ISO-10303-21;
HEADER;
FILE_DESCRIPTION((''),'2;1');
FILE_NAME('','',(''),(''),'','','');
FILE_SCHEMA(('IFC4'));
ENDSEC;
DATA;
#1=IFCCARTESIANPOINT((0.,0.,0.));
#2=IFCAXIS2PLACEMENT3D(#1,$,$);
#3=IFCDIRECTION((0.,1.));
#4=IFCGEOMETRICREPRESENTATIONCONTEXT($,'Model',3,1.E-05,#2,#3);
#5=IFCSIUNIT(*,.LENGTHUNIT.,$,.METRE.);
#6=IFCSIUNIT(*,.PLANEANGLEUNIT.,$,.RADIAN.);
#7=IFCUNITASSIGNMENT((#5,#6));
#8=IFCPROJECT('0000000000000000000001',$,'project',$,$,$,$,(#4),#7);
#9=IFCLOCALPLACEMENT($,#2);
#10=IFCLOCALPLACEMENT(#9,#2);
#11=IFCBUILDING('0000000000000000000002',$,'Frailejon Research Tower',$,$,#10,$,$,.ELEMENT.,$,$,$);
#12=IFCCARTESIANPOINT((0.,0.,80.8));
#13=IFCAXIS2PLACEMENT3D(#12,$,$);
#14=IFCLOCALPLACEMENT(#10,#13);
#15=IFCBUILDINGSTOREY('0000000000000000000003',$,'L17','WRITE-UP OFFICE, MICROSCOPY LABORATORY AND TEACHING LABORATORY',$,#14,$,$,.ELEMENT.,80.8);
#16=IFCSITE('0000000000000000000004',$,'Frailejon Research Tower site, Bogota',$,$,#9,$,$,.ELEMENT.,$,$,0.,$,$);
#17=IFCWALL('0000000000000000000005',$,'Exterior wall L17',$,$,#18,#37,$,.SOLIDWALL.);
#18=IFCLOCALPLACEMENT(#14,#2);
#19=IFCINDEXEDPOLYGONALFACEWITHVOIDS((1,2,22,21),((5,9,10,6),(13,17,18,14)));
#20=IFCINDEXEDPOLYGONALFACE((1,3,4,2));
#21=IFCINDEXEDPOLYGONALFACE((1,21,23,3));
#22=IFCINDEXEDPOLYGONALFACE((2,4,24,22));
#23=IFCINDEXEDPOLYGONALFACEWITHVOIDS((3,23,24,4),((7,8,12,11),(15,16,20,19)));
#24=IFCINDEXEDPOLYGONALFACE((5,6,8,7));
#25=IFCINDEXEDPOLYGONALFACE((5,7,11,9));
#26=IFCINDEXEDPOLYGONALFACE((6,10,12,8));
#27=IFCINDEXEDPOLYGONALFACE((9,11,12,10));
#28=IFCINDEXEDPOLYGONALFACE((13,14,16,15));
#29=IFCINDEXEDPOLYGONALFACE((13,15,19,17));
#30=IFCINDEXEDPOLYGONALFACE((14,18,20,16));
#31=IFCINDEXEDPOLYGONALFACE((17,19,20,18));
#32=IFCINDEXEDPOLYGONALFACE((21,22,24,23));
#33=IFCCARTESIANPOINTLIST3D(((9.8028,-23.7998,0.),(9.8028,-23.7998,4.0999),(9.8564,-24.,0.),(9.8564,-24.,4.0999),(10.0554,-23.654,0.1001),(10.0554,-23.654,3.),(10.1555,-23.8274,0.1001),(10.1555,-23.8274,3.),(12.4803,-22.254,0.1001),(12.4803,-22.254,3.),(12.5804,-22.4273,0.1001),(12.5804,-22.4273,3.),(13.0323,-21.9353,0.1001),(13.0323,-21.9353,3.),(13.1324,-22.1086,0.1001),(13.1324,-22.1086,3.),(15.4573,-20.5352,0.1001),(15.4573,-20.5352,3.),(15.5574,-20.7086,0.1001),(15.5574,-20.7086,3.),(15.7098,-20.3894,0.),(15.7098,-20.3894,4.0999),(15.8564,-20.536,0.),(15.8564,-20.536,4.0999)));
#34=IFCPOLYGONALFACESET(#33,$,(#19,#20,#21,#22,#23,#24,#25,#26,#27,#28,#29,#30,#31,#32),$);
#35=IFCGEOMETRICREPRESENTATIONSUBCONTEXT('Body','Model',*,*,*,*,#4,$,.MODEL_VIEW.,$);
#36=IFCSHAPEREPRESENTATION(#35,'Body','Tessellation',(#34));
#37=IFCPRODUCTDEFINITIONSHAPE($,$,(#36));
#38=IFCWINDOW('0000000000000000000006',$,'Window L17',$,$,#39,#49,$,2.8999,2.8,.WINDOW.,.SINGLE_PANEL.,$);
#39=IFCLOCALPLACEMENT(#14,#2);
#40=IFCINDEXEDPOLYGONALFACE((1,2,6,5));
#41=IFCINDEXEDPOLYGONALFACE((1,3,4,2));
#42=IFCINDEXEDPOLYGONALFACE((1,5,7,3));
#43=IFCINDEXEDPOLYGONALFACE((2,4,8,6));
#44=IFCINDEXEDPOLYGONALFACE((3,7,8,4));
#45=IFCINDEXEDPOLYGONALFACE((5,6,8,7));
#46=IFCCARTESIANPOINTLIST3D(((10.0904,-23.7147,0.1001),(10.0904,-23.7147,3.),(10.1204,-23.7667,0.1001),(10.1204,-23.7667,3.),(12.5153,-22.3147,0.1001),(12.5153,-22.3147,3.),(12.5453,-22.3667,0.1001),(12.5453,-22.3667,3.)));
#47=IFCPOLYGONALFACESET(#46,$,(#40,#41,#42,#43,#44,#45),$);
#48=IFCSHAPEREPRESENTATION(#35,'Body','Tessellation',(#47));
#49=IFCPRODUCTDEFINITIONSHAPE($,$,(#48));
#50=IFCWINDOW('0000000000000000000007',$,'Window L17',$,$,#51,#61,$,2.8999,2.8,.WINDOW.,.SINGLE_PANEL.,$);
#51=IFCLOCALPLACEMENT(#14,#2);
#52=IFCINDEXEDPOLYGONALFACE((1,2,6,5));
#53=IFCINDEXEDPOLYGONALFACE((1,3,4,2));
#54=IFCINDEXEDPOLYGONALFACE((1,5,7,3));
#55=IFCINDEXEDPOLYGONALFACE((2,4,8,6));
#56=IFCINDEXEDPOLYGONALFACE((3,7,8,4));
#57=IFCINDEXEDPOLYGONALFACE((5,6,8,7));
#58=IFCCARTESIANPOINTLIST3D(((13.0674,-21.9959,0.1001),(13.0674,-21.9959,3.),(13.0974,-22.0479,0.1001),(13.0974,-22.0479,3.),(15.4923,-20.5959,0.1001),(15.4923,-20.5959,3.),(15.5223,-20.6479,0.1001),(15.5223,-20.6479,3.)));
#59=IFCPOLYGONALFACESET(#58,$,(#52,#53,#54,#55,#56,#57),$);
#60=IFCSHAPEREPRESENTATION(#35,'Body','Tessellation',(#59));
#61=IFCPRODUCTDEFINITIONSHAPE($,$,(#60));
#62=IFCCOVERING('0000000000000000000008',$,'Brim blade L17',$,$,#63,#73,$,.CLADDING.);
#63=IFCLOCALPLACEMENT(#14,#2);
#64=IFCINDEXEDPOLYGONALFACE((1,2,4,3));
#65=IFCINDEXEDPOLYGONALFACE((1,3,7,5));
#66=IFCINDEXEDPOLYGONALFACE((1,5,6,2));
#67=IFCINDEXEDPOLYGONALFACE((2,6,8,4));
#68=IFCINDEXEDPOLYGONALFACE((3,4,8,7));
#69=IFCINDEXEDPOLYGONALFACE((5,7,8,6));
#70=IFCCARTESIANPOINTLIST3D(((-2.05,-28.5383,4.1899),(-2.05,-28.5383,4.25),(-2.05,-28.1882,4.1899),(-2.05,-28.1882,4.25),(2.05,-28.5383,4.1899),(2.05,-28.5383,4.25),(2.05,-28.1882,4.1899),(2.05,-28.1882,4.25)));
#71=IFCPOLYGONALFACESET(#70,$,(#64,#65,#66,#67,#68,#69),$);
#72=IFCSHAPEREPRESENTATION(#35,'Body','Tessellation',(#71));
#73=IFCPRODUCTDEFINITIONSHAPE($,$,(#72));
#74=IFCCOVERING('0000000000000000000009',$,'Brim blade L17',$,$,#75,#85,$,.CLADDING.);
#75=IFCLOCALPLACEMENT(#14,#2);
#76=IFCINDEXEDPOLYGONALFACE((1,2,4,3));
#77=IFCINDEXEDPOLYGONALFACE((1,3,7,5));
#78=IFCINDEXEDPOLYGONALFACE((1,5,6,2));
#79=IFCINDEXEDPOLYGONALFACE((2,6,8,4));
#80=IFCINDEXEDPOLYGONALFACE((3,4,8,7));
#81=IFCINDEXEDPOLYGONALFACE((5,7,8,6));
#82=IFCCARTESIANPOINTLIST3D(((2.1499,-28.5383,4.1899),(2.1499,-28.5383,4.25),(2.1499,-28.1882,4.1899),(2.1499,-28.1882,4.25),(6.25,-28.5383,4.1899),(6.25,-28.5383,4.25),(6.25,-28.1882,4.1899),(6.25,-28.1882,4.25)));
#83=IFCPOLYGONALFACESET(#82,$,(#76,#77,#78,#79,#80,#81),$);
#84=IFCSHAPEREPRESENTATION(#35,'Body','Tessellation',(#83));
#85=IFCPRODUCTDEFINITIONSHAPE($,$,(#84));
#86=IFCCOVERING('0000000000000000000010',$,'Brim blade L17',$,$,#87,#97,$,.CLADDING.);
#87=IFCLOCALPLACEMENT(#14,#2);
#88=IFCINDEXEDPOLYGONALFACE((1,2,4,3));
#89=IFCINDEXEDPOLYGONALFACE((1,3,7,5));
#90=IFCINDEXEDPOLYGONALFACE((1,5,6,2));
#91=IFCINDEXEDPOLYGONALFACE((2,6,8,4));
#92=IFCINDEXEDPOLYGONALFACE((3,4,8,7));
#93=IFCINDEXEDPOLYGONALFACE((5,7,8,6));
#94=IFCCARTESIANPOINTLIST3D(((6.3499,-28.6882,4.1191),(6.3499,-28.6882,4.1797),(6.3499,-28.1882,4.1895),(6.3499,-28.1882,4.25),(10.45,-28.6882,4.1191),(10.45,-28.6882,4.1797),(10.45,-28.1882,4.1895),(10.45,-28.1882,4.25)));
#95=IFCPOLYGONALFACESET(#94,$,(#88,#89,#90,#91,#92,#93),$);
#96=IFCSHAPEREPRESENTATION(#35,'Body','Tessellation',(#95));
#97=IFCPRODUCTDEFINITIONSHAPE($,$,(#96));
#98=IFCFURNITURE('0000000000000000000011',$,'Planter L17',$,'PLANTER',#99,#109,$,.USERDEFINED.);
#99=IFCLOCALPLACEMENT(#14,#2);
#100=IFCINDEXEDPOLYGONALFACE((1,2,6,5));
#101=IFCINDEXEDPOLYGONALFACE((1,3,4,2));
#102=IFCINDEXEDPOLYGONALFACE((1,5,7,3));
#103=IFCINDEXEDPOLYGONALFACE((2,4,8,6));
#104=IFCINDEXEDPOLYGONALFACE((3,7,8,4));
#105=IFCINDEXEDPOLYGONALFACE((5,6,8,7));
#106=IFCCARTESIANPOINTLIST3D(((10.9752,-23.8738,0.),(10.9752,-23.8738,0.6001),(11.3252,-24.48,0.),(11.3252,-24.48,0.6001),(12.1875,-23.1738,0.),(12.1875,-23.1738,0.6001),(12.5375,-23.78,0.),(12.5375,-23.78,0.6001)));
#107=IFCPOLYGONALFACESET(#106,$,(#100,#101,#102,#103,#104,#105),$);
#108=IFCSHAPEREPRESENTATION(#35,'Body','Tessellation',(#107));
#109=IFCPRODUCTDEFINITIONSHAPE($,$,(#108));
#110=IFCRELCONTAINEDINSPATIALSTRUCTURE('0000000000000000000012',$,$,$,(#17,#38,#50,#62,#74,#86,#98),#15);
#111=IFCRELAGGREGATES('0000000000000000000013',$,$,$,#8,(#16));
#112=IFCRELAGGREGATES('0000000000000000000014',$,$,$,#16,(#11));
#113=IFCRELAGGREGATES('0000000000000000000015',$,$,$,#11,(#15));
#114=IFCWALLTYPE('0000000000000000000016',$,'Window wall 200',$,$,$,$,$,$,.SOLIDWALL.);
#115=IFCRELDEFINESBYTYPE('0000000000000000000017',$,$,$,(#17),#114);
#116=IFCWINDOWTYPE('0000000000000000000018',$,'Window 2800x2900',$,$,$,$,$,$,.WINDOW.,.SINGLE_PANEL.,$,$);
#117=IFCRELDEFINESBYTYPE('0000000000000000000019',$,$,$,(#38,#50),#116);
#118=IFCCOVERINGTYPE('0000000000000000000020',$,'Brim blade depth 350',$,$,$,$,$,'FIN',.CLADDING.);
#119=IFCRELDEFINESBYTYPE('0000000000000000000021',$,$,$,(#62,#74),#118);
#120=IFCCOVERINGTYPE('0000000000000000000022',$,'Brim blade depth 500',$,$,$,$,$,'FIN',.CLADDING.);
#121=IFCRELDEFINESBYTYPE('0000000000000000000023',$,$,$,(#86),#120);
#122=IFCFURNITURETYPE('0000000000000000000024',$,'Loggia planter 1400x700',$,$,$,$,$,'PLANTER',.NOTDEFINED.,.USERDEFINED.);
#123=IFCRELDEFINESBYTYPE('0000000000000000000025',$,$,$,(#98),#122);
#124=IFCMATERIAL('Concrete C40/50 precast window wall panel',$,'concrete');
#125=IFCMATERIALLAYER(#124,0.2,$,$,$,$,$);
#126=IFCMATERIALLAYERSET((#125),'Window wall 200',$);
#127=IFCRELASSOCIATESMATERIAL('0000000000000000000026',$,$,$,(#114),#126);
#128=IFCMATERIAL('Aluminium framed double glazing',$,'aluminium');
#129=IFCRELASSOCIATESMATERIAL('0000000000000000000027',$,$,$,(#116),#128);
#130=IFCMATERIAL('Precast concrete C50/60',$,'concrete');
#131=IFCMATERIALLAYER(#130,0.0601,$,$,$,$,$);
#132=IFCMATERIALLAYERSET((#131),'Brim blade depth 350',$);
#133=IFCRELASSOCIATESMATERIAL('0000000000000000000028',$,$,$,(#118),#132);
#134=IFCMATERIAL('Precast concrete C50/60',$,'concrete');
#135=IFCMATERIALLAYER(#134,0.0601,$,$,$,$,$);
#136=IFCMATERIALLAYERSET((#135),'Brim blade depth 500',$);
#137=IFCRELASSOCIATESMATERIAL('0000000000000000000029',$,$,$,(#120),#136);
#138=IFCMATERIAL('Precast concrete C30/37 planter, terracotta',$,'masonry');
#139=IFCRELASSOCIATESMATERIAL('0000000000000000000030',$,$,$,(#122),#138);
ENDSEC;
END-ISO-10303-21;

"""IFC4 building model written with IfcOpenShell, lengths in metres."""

from ifc_helpers import new_model, si_unit, direction, frame, frame_2d, origin, origin_2d, place, context, subcontext, project, spatial, polyline, rectangle, outline, extrude, material, layer, layer_set, type_object, element, fill, save


model = new_model("IFC4")

# Units and contexts
model_context = context("Model", 3, precision=1e-05, world=origin(), true_north=direction((0.0, 1.0)))
body_context = subcontext(model_context, "Body", "Model", "MODEL_VIEW")
ifc_project = project(units=[si_unit("LENGTHUNIT", "METRE"), si_unit("PLANEANGLEUNIT", "RADIAN")], contexts=[model_context])

# Site, building, storey
site_placement = place(None, origin())
site = spatial("IfcSite", under=ifc_project, at=site_placement, Name="Frailejon Research Tower site, Bogota", CompositionType="ELEMENT", RefElevation=0.0)
building_placement = place(site_placement, origin())
building = spatial("IfcBuilding", under=site, at=building_placement, Name="Frailejon Research Tower", CompositionType="ELEMENT")
storey_placement = place(building_placement, frame((0.0, 0.0, 80.8)))
storey = spatial("IfcBuildingStorey", under=building, at=storey_placement, Name="L17", Description="WRITE-UP OFFICE, MICROSCOPY LABORATORY AND TEACHING LABORATORY", CompositionType="ELEMENT", Elevation=80.8)

# Wall, openings, windows
ifc_material_1 = material(Name="Concrete C40/50 precast window wall panel", Category="concrete")
ifc_layer_1 = layer(ifc_material_1, 0.2)
ifc_layer_set_1 = layer_set([ifc_layer_1], Name="Window wall 200")
wall_type_1 = type_object("IfcWallType", Name="Window wall 200", PredefinedType="SOLIDWALL", material=ifc_layer_set_1)
wall_1_placement = place(storey_placement, frame((9.8296, -23.8999, 0.0), z_axis=(0.0, 0.0, 1.0), x_axis=(0.866029, 0.499993, 0.0)))
wall_1 = element("IfcWall", 1, at=wall_1_placement, inside=storey, type_object=wall_type_1, Name="Exterior wall L17", PredefinedType="SOLIDWALL", context=body_context, shape_type="SweptSolid", body=[
    extrude(outline(polyline([(-0.0269, -0.1001), (1.1279, -0.1001), (2.2825, -0.1001), (3.4373, -0.1001), (4.592, -0.1001), (5.7466, -0.1001), (6.9014, -0.1001), (6.8477, 0.1001), (5.7109, 0.1001), (4.574, 0.1001), (3.4373, 0.1001), (2.3005, 0.1001), (1.1636, 0.1001), (0.0269, 0.1001), (-0.0269, -0.1001)])), origin(), (0.0, 0.0, 1.0), 4.0999),
])
opening_1_placement = place(wall_1_placement, frame((0.3186, 0.0, 0.1001)))
opening_1 = element("IfcOpeningElement", 2, at=opening_1_placement, cuts=wall_1, PredefinedType="OPENING", context=body_context, shape_type="SweptSolid", body=[
    extrude(rectangle(XDim=2.8, YDim=2.8999, at=frame_2d((1.3999, 1.45))), frame((0.0, 0.1099, 0.0), z_axis=(0.0, -1.0, 0.0), x_axis=(1.0, 0.0, 0.0)), (0.0, 0.0, 1.0), 0.22),
])
opening_2_placement = place(wall_1_placement, frame((3.7561, 0.0, 0.1001)))
opening_2 = element("IfcOpeningElement", 3, at=opening_2_placement, cuts=wall_1, PredefinedType="OPENING", context=body_context, shape_type="SweptSolid", body=[
    extrude(rectangle(XDim=2.8, YDim=2.8999, at=frame_2d((1.3999, 1.45))), frame((0.0, 0.1099, 0.0), z_axis=(0.0, -1.0, 0.0), x_axis=(1.0, 0.0, 0.0)), (0.0, 0.0, 1.0), 0.22),
])
ifc_material_2 = material(Name="Aluminium framed double glazing", Category="aluminium")
window_type = type_object("IfcWindowType", Name="Window 2800x2900", PartitioningType="SINGLE_PANEL", PredefinedType="WINDOW", material=ifc_material_2)
window_1_placement = place(opening_1_placement, origin())
window_1 = element("IfcWindow", 4, at=window_1_placement, inside=storey, type_object=window_type, Name="Window L17", OverallHeight=2.8999, OverallWidth=2.8, PartitioningType="SINGLE_PANEL", PredefinedType="WINDOW", context=body_context, shape_type="SweptSolid", body=[
    extrude(rectangle(XDim=2.8, YDim=2.8999, at=frame_2d((1.3999, 1.45))), frame((0.0, 0.03, 0.0), z_axis=(0.0, -1.0, 0.0), x_axis=(1.0, 0.0, 0.0)), (0.0, 0.0, 1.0), 0.0601),
])
fill(opening_1, window_1)
window_2_placement = place(opening_2_placement, origin())
window_2 = element("IfcWindow", 5, at=window_2_placement, inside=storey, type_object=window_type, Name="Window L17", OverallHeight=2.8999, OverallWidth=2.8, PartitioningType="SINGLE_PANEL", PredefinedType="WINDOW", context=body_context, shape_type="SweptSolid", body=[
    extrude(rectangle(XDim=2.8, YDim=2.8999, at=frame_2d((1.3999, 1.45))), frame((0.0, 0.03, 0.0), z_axis=(0.0, -1.0, 0.0), x_axis=(1.0, 0.0, 0.0)), (0.0, 0.0, 1.0), 0.0601),
])
fill(opening_2, window_2)

# Coverings
ifc_material_3 = material(Name="Precast concrete C50/60", Category="concrete")
ifc_layer_2 = layer(ifc_material_3, 0.0601)
ifc_layer_set_2 = layer_set([ifc_layer_2], Name="Brim blade depth 350")
covering_type_1 = type_object("IfcCoveringType", Name="Brim blade depth 350", ElementType="FIN", PredefinedType="CLADDING", material=ifc_layer_set_2)
for number, where, z_axis, x_axis, name in (
    (6, (2.05, -28.1882, 4.25), (-1.0, 0.0, 0.0), (0.0, -1.0, 0.0), "Brim blade L17"),
    (7, (6.25, -28.1882, 4.25), (-1.0, 0.0, 0.0), (0.0, -1.0, 0.0), "Brim blade L17"),
):
    element("IfcCovering", number, at=place(storey_placement, frame(where, z_axis=z_axis, x_axis=x_axis)), inside=storey, type_object=covering_type_1, Name=name, PredefinedType="CLADDING", context=body_context, shape_type="SweptSolid", body=[
        extrude(outline(polyline([(0.0, -0.0601), (0.3501, -0.0601), (0.3501, 0.0), (0.0, 0.0), (0.0, -0.0601)])), origin(), (0.0, 0.0, 1.0), 4.1001),
    ])
ifc_material_4 = material(Name="Precast concrete C50/60", Category="concrete")
ifc_layer_3 = layer(ifc_material_4, 0.0601)
ifc_layer_set_3 = layer_set([ifc_layer_3], Name="Brim blade depth 500")
covering_type_2 = type_object("IfcCoveringType", Name="Brim blade depth 500", ElementType="FIN", PredefinedType="CLADDING", material=ifc_layer_set_3)
covering_placement = place(storey_placement, frame((10.45, -28.1882, 4.25), z_axis=(-1.0, 0.0, 0.0), x_axis=(0.0, -1.0, 0.0)))
element("IfcCovering", 8, at=covering_placement, inside=storey, type_object=covering_type_2, Name="Brim blade L17", PredefinedType="CLADDING", context=body_context, shape_type="SweptSolid", body=[
    extrude(outline(polyline([(0.0, -0.0605), (0.5, -0.1309), (0.5, -0.0703), (0.0, 0.0), (0.0, -0.0605)])), origin(), (0.0, 0.0, 1.0), 4.1001),
])

# Furniture
ifc_material_5 = material(Name="Precast concrete C30/37 planter, terracotta", Category="masonry")
furniture_type = type_object("IfcFurnitureType", Name="Loggia planter 1400x700", ElementType="PLANTER", AssemblyPlace="NOTDEFINED", PredefinedType="USERDEFINED", material=ifc_material_5)
furniture_placement = place(storey_placement, frame((11.7563, -23.8269, 0.0), z_axis=(0.0, 0.0, 1.0), x_axis=(0.866025, 0.5, 0.0)))
element("IfcFurniture", 9, at=furniture_placement, inside=storey, type_object=furniture_type, Name="Planter L17", ObjectType="PLANTER", PredefinedType="USERDEFINED", context=body_context, shape_type="SweptSolid", body=[
    extrude(rectangle(XDim=1.3999, YDim=0.7, at=origin_2d()), origin(), (0.0, 0.0, 1.0), 0.6001),
])

save(model, "model.ifc")
